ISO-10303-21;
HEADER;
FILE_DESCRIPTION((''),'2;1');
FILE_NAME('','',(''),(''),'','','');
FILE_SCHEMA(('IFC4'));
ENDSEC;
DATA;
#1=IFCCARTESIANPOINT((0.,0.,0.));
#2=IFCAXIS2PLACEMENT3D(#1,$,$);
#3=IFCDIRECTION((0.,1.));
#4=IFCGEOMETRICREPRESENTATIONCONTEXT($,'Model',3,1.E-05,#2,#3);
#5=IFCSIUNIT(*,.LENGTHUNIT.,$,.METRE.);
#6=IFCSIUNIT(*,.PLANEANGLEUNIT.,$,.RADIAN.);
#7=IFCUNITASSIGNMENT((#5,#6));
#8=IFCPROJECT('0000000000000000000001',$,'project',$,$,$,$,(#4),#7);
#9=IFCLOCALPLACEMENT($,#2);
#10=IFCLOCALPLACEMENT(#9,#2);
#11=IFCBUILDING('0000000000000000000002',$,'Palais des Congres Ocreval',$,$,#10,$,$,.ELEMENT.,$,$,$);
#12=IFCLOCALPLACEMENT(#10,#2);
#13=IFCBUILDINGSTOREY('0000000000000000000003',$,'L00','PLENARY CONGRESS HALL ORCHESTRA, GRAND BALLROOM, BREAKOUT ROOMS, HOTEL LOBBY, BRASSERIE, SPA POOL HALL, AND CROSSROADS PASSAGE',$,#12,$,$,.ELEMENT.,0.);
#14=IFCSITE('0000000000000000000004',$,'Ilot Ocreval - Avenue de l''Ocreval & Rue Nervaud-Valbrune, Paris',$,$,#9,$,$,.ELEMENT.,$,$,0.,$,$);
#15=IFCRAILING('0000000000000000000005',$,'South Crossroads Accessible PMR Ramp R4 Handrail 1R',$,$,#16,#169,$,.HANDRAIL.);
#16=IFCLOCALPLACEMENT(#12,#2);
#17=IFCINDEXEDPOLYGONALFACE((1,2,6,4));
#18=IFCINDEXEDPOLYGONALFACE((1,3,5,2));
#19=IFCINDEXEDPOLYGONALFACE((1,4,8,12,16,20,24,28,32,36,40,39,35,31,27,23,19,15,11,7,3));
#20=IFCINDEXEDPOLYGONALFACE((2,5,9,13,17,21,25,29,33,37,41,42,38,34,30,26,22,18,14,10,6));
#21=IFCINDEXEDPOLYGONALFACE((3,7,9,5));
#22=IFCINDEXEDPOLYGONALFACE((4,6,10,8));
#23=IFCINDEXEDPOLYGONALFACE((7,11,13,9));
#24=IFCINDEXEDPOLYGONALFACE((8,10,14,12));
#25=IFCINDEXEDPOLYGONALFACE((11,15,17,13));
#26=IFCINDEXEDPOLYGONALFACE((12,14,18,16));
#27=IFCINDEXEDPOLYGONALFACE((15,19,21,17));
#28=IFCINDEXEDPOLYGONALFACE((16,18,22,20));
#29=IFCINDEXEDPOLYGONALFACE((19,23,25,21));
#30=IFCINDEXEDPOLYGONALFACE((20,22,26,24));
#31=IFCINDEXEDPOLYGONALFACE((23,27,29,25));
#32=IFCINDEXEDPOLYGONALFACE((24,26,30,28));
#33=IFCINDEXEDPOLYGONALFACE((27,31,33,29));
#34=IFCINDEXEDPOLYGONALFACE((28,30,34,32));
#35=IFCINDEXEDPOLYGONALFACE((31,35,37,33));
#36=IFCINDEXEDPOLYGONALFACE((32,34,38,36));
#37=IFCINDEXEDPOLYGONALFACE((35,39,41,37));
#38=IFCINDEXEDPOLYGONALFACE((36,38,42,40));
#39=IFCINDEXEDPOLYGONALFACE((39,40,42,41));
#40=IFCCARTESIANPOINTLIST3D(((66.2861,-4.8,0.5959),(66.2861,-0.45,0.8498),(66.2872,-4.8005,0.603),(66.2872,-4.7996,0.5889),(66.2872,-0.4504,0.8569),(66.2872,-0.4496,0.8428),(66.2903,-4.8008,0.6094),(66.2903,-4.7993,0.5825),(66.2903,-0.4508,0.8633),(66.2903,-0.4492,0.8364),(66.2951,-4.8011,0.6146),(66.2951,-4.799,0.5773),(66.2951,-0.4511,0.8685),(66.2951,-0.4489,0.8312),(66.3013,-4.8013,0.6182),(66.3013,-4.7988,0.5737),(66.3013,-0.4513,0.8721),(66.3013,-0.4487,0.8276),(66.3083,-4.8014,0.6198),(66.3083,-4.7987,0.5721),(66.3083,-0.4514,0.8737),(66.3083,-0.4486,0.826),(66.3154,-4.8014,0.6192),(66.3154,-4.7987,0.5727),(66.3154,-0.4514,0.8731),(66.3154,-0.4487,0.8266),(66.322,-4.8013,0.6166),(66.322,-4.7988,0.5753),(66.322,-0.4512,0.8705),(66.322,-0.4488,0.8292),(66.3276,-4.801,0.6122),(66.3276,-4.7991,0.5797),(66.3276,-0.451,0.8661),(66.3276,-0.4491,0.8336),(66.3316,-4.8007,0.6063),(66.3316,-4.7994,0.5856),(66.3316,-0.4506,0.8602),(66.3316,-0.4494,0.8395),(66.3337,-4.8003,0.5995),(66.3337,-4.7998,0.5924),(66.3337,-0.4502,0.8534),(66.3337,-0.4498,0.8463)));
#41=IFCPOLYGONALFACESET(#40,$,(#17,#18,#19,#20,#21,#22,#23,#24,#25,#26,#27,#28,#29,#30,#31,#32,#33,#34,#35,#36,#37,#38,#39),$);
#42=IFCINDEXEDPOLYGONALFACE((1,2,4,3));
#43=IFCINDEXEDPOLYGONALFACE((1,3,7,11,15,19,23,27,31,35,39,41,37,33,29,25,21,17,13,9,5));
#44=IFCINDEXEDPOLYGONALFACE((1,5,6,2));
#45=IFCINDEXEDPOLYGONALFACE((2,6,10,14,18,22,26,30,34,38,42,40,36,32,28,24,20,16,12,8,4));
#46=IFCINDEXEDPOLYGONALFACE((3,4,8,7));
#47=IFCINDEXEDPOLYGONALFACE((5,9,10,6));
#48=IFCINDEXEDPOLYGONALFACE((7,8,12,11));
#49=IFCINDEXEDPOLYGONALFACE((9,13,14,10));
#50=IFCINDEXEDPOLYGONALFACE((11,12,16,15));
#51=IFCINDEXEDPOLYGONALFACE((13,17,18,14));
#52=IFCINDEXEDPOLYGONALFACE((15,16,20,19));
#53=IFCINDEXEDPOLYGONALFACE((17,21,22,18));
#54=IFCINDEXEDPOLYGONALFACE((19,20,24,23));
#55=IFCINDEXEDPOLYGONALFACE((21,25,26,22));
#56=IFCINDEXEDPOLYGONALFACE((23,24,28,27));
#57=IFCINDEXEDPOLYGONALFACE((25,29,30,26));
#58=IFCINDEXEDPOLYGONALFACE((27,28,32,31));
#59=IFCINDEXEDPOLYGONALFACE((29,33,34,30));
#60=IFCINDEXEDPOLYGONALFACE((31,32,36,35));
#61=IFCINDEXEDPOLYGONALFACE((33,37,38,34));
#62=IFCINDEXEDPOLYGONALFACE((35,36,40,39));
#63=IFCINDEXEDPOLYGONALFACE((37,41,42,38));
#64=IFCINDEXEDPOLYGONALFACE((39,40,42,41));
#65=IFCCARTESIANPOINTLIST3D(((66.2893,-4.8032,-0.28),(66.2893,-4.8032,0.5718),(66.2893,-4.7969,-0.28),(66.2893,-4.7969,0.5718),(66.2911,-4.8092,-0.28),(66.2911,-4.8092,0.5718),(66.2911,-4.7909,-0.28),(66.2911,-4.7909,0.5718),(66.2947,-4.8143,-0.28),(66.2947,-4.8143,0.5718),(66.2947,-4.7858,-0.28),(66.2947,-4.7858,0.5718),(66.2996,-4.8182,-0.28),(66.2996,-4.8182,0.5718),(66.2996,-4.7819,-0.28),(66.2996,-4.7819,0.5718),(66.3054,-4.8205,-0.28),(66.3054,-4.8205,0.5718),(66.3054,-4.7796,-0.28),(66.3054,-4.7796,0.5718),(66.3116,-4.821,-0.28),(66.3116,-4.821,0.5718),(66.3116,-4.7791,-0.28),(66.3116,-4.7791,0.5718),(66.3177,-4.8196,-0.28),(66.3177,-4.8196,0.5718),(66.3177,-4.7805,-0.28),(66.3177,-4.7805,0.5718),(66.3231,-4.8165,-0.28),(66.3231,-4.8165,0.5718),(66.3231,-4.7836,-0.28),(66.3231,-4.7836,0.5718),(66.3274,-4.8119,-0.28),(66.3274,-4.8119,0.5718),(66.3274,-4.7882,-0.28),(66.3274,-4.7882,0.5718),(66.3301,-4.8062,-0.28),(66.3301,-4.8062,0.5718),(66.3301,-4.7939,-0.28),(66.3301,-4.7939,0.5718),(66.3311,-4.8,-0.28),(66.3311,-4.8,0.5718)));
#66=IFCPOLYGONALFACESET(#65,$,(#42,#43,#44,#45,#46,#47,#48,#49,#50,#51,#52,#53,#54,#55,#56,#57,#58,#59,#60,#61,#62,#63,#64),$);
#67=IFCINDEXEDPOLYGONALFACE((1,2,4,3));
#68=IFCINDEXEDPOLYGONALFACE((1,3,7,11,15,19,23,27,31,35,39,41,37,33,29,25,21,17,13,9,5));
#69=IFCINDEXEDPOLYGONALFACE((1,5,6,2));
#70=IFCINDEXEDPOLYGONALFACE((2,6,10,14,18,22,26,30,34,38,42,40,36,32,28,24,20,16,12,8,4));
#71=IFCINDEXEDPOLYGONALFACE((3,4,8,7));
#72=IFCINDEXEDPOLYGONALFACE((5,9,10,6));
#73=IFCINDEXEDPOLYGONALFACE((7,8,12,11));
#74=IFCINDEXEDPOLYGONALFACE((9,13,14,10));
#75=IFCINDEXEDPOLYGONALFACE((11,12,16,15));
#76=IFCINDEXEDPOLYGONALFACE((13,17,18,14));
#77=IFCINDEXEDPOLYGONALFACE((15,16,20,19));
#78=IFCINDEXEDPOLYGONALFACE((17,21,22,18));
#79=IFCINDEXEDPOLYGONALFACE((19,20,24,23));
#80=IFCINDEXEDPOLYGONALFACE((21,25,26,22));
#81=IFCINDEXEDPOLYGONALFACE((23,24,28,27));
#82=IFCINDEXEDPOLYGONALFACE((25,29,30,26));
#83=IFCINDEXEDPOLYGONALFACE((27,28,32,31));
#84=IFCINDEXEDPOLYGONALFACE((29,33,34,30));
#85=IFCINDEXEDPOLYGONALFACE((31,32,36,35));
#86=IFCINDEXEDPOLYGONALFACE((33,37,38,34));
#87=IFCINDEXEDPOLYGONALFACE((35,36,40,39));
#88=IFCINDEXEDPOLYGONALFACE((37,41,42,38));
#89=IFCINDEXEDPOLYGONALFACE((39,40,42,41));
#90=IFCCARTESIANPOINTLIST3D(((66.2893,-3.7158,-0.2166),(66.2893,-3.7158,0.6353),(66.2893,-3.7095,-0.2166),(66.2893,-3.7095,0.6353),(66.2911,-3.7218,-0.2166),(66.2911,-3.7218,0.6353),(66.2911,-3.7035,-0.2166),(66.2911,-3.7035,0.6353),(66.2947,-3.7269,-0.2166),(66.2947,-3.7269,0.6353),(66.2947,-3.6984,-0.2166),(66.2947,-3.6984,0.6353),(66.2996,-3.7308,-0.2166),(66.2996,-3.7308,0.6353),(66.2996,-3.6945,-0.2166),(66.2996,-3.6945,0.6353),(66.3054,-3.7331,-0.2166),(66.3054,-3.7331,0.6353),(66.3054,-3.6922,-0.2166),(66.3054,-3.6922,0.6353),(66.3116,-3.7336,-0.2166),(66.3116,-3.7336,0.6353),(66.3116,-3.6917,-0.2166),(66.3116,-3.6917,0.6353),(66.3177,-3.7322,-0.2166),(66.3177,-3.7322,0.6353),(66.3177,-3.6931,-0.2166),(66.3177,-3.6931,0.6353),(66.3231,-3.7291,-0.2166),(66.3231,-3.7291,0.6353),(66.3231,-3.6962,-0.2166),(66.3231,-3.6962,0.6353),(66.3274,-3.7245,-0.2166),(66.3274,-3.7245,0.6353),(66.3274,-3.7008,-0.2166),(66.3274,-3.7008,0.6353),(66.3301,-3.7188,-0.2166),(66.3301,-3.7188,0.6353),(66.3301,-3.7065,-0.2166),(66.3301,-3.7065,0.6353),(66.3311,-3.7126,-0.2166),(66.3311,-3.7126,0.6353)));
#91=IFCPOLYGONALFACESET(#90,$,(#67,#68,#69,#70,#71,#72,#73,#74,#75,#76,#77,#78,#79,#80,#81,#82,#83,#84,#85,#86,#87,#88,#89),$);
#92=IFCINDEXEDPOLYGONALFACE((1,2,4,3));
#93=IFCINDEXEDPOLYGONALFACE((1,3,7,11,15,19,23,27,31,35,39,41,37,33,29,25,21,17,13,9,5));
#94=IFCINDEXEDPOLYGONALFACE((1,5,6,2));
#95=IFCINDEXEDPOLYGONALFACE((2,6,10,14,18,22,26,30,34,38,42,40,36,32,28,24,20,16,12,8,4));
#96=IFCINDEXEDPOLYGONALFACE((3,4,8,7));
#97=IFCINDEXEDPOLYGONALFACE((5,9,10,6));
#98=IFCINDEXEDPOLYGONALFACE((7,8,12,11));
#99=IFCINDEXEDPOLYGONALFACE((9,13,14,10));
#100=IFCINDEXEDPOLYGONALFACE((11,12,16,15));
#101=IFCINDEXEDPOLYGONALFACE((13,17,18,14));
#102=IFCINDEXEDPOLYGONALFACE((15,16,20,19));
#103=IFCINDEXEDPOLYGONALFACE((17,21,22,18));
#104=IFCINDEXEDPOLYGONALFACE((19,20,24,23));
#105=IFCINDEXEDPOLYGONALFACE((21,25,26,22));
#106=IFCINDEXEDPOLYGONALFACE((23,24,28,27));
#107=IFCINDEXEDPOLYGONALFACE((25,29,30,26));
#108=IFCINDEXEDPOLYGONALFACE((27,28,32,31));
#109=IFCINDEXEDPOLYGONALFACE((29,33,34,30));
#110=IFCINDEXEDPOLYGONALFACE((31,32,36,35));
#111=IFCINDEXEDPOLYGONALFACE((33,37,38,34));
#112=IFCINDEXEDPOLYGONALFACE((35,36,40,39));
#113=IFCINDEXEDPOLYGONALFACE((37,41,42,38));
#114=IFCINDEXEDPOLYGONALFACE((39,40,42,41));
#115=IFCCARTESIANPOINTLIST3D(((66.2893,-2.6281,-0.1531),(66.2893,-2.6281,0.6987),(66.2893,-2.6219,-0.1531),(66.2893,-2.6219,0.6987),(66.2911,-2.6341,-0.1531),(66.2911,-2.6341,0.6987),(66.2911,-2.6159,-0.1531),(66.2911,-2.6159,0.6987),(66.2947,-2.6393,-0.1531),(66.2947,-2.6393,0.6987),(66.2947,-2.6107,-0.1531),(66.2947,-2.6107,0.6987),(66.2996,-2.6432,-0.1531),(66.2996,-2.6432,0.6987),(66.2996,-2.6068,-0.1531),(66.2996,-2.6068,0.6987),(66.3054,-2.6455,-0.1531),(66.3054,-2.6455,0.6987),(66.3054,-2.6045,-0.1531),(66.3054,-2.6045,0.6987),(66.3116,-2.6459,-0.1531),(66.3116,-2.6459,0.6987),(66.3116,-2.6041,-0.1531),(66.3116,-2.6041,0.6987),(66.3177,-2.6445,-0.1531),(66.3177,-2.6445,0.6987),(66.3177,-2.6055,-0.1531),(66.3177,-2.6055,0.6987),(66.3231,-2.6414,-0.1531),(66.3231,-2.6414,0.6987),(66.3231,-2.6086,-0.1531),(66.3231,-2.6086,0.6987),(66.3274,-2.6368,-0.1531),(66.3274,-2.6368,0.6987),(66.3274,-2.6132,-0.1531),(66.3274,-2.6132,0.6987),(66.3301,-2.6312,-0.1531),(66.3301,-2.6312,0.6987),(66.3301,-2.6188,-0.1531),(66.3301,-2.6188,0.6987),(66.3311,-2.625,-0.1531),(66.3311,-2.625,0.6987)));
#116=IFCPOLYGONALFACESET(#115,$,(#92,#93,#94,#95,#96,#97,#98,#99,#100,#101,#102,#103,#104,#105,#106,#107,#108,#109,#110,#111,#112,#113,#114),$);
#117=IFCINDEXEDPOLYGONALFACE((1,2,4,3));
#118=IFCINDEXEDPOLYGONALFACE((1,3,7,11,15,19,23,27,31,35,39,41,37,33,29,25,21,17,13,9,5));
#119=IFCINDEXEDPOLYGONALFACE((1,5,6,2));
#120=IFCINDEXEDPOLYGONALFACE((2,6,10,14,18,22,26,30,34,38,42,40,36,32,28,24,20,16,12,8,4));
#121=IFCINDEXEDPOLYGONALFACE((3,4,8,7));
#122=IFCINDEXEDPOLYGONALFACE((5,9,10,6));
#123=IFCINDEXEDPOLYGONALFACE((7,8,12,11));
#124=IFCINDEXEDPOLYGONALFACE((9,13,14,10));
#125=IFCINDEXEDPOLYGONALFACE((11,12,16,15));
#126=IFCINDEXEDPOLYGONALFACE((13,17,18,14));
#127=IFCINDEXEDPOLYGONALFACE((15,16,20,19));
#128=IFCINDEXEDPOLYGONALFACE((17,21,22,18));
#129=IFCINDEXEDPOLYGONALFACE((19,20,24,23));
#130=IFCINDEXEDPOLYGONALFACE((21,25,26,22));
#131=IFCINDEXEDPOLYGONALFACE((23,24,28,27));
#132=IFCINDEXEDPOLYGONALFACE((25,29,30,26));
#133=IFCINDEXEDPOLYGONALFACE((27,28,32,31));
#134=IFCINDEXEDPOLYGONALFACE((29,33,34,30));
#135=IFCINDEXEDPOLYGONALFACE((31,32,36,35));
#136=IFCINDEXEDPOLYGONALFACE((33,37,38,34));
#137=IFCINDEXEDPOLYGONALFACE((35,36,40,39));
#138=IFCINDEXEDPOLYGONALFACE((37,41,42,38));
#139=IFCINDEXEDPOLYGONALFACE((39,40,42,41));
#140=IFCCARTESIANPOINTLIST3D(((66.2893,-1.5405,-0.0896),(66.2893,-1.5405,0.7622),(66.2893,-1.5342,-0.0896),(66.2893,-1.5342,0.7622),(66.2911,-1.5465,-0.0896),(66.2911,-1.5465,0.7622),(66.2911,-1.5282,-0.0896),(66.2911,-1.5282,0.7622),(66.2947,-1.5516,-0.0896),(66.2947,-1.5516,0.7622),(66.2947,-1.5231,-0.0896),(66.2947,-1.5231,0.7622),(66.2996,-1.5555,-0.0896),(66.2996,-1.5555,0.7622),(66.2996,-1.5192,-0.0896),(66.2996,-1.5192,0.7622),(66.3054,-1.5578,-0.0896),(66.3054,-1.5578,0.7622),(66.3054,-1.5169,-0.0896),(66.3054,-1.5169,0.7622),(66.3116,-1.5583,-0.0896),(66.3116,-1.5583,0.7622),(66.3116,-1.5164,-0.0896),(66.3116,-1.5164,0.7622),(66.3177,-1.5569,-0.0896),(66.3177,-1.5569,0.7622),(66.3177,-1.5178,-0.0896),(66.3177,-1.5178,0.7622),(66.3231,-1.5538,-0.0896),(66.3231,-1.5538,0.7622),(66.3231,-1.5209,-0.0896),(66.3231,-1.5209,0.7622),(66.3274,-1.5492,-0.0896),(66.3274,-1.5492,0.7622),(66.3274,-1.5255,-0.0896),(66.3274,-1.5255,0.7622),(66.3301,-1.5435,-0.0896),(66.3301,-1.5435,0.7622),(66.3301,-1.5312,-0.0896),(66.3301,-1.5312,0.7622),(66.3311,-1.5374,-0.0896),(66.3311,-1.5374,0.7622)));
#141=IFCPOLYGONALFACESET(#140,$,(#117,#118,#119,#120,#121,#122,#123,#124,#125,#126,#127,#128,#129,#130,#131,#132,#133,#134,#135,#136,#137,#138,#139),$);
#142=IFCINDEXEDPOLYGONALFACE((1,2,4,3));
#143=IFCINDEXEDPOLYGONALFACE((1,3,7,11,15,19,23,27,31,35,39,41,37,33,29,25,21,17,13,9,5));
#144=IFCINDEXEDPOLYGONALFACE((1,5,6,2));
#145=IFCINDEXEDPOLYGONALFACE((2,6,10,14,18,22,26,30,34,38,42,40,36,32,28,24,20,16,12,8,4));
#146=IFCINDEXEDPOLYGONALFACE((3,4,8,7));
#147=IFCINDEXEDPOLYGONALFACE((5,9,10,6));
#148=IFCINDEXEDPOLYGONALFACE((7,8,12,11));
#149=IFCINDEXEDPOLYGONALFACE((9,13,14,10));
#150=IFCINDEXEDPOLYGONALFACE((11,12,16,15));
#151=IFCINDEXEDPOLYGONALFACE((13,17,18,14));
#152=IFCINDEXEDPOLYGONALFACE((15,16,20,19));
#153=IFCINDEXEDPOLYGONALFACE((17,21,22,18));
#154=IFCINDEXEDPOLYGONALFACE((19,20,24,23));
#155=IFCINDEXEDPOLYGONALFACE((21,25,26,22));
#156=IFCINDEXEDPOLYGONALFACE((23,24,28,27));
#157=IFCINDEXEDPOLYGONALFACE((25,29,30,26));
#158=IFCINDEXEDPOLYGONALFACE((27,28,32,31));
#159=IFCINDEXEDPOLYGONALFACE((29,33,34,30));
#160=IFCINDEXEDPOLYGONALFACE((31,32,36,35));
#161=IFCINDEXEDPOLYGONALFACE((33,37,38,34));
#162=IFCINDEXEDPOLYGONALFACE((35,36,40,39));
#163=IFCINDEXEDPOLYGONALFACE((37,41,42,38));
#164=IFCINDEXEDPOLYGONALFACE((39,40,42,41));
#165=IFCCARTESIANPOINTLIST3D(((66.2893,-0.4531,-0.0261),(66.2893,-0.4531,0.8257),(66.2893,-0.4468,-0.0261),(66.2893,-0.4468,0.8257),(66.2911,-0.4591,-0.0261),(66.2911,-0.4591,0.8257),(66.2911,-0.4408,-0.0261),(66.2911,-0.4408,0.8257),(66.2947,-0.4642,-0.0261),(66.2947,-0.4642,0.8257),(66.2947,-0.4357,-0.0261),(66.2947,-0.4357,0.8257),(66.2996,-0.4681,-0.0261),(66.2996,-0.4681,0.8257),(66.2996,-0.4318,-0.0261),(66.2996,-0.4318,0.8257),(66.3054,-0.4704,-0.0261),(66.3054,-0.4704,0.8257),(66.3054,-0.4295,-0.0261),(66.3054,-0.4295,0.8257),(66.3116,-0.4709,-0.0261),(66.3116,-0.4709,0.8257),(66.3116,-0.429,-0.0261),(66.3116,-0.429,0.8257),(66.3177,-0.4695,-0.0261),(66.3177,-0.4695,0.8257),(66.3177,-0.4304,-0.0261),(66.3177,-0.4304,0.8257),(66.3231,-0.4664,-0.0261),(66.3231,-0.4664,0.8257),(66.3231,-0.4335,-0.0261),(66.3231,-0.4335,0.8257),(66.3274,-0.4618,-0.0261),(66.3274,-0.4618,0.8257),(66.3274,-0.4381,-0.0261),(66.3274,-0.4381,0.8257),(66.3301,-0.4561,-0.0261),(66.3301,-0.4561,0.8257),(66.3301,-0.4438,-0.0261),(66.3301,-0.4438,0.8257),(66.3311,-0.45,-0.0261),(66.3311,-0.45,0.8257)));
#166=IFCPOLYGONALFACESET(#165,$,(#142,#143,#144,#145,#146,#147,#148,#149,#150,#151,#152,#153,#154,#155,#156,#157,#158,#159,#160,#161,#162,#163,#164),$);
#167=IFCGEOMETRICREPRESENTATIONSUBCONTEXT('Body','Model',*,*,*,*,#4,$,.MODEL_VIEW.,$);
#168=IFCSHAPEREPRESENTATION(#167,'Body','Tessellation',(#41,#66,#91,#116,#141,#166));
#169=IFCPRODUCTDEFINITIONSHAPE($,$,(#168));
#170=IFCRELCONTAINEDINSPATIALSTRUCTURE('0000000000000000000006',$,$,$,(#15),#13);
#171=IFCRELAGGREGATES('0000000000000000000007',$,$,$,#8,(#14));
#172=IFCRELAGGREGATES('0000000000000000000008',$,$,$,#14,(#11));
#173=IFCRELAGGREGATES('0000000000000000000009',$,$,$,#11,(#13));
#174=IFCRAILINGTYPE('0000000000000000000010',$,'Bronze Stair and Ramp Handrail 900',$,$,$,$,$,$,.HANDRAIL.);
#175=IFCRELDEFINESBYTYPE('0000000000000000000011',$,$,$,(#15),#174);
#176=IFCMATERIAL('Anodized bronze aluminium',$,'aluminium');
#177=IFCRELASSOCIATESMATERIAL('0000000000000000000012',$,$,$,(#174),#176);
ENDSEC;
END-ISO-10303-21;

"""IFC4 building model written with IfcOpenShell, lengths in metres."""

from ifc_helpers import new_model, si_unit, direction, frame, origin, origin_2d, place, context, subcontext, project, spatial, circle, extrude, material, type_object, element, save


model = new_model("IFC4")

# Units and contexts
model_context = context("Model", 3, precision=1e-05, world=origin(), true_north=direction((0.0, 1.0)))
body_context = subcontext(model_context, "Body", "Model", "MODEL_VIEW")
ifc_project = project(units=[si_unit("LENGTHUNIT", "METRE"), si_unit("PLANEANGLEUNIT", "RADIAN")], contexts=[model_context])

# Site, building, storey
site_placement = place(None, origin())
site = spatial("IfcSite", under=ifc_project, at=site_placement, Name="Ilot Ocreval - Avenue de l'Ocreval & Rue Nervaud-Valbrune, Paris", CompositionType="ELEMENT", RefElevation=0.0)
building_placement = place(site_placement, origin())
building = spatial("IfcBuilding", under=site, at=building_placement, Name="Palais des Congres Ocreval", CompositionType="ELEMENT")
storey_placement = place(building_placement, origin())
storey = spatial("IfcBuildingStorey", under=building, at=storey_placement, Name="L00", Description="PLENARY CONGRESS HALL ORCHESTRA, GRAND BALLROOM, BREAKOUT ROOMS, HOTEL LOBBY, BRASSERIE, SPA POOL HALL, AND CROSSROADS PASSAGE", CompositionType="ELEMENT", Elevation=0.0)

# Shared definitions
ifc_material_1 = material(Name="Anodized bronze aluminium", Category="aluminium")

# Railing
railing_type = type_object("IfcRailingType", Name="Bronze Stair and Ramp Handrail 900", PredefinedType="HANDRAIL", material=ifc_material_1)
for number, where, name in (
    (1, (66.3101, -4.8, -0.28), "South Crossroads Accessible PMR Ramp R4 Handrail 1R"),
):
    element("IfcRailing", number, at=place(storey_placement, frame(where)), inside=storey, type_object=railing_type, Name=name, PredefinedType="HANDRAIL", context=body_context, shape_type="SweptSolid", body=[
        extrude(circle(Radius=0.0239, at=origin_2d()), frame((0.0, 0.0, 0.876), z_axis=(0.0, 0.998301, 0.058269), x_axis=(-1.0, 0.0, 0.0)), (0.0, 0.0, 1.0), 4.3574),
        extrude(circle(Radius=0.021, at=origin_2d()), origin(), (0.0, 0.0, 1.0), 0.8518),
        extrude(circle(Radius=0.021, at=origin_2d()), frame((0.0, 1.0874, 0.0635)), (0.0, 0.0, 1.0), 0.8518),
        extrude(circle(Radius=0.021, at=origin_2d()), frame((0.0, 2.175, 0.127)), (0.0, 0.0, 1.0), 0.8518),
        extrude(circle(Radius=0.021, at=origin_2d()), frame((0.0, 3.2627, 0.1904)), (0.0, 0.0, 1.0), 0.8518),
        extrude(circle(Radius=0.021, at=origin_2d()), frame((0.0, 4.3501, 0.2539)), (0.0, 0.0, 1.0), 0.8518),
    ])

save(model, "model.ifc")
